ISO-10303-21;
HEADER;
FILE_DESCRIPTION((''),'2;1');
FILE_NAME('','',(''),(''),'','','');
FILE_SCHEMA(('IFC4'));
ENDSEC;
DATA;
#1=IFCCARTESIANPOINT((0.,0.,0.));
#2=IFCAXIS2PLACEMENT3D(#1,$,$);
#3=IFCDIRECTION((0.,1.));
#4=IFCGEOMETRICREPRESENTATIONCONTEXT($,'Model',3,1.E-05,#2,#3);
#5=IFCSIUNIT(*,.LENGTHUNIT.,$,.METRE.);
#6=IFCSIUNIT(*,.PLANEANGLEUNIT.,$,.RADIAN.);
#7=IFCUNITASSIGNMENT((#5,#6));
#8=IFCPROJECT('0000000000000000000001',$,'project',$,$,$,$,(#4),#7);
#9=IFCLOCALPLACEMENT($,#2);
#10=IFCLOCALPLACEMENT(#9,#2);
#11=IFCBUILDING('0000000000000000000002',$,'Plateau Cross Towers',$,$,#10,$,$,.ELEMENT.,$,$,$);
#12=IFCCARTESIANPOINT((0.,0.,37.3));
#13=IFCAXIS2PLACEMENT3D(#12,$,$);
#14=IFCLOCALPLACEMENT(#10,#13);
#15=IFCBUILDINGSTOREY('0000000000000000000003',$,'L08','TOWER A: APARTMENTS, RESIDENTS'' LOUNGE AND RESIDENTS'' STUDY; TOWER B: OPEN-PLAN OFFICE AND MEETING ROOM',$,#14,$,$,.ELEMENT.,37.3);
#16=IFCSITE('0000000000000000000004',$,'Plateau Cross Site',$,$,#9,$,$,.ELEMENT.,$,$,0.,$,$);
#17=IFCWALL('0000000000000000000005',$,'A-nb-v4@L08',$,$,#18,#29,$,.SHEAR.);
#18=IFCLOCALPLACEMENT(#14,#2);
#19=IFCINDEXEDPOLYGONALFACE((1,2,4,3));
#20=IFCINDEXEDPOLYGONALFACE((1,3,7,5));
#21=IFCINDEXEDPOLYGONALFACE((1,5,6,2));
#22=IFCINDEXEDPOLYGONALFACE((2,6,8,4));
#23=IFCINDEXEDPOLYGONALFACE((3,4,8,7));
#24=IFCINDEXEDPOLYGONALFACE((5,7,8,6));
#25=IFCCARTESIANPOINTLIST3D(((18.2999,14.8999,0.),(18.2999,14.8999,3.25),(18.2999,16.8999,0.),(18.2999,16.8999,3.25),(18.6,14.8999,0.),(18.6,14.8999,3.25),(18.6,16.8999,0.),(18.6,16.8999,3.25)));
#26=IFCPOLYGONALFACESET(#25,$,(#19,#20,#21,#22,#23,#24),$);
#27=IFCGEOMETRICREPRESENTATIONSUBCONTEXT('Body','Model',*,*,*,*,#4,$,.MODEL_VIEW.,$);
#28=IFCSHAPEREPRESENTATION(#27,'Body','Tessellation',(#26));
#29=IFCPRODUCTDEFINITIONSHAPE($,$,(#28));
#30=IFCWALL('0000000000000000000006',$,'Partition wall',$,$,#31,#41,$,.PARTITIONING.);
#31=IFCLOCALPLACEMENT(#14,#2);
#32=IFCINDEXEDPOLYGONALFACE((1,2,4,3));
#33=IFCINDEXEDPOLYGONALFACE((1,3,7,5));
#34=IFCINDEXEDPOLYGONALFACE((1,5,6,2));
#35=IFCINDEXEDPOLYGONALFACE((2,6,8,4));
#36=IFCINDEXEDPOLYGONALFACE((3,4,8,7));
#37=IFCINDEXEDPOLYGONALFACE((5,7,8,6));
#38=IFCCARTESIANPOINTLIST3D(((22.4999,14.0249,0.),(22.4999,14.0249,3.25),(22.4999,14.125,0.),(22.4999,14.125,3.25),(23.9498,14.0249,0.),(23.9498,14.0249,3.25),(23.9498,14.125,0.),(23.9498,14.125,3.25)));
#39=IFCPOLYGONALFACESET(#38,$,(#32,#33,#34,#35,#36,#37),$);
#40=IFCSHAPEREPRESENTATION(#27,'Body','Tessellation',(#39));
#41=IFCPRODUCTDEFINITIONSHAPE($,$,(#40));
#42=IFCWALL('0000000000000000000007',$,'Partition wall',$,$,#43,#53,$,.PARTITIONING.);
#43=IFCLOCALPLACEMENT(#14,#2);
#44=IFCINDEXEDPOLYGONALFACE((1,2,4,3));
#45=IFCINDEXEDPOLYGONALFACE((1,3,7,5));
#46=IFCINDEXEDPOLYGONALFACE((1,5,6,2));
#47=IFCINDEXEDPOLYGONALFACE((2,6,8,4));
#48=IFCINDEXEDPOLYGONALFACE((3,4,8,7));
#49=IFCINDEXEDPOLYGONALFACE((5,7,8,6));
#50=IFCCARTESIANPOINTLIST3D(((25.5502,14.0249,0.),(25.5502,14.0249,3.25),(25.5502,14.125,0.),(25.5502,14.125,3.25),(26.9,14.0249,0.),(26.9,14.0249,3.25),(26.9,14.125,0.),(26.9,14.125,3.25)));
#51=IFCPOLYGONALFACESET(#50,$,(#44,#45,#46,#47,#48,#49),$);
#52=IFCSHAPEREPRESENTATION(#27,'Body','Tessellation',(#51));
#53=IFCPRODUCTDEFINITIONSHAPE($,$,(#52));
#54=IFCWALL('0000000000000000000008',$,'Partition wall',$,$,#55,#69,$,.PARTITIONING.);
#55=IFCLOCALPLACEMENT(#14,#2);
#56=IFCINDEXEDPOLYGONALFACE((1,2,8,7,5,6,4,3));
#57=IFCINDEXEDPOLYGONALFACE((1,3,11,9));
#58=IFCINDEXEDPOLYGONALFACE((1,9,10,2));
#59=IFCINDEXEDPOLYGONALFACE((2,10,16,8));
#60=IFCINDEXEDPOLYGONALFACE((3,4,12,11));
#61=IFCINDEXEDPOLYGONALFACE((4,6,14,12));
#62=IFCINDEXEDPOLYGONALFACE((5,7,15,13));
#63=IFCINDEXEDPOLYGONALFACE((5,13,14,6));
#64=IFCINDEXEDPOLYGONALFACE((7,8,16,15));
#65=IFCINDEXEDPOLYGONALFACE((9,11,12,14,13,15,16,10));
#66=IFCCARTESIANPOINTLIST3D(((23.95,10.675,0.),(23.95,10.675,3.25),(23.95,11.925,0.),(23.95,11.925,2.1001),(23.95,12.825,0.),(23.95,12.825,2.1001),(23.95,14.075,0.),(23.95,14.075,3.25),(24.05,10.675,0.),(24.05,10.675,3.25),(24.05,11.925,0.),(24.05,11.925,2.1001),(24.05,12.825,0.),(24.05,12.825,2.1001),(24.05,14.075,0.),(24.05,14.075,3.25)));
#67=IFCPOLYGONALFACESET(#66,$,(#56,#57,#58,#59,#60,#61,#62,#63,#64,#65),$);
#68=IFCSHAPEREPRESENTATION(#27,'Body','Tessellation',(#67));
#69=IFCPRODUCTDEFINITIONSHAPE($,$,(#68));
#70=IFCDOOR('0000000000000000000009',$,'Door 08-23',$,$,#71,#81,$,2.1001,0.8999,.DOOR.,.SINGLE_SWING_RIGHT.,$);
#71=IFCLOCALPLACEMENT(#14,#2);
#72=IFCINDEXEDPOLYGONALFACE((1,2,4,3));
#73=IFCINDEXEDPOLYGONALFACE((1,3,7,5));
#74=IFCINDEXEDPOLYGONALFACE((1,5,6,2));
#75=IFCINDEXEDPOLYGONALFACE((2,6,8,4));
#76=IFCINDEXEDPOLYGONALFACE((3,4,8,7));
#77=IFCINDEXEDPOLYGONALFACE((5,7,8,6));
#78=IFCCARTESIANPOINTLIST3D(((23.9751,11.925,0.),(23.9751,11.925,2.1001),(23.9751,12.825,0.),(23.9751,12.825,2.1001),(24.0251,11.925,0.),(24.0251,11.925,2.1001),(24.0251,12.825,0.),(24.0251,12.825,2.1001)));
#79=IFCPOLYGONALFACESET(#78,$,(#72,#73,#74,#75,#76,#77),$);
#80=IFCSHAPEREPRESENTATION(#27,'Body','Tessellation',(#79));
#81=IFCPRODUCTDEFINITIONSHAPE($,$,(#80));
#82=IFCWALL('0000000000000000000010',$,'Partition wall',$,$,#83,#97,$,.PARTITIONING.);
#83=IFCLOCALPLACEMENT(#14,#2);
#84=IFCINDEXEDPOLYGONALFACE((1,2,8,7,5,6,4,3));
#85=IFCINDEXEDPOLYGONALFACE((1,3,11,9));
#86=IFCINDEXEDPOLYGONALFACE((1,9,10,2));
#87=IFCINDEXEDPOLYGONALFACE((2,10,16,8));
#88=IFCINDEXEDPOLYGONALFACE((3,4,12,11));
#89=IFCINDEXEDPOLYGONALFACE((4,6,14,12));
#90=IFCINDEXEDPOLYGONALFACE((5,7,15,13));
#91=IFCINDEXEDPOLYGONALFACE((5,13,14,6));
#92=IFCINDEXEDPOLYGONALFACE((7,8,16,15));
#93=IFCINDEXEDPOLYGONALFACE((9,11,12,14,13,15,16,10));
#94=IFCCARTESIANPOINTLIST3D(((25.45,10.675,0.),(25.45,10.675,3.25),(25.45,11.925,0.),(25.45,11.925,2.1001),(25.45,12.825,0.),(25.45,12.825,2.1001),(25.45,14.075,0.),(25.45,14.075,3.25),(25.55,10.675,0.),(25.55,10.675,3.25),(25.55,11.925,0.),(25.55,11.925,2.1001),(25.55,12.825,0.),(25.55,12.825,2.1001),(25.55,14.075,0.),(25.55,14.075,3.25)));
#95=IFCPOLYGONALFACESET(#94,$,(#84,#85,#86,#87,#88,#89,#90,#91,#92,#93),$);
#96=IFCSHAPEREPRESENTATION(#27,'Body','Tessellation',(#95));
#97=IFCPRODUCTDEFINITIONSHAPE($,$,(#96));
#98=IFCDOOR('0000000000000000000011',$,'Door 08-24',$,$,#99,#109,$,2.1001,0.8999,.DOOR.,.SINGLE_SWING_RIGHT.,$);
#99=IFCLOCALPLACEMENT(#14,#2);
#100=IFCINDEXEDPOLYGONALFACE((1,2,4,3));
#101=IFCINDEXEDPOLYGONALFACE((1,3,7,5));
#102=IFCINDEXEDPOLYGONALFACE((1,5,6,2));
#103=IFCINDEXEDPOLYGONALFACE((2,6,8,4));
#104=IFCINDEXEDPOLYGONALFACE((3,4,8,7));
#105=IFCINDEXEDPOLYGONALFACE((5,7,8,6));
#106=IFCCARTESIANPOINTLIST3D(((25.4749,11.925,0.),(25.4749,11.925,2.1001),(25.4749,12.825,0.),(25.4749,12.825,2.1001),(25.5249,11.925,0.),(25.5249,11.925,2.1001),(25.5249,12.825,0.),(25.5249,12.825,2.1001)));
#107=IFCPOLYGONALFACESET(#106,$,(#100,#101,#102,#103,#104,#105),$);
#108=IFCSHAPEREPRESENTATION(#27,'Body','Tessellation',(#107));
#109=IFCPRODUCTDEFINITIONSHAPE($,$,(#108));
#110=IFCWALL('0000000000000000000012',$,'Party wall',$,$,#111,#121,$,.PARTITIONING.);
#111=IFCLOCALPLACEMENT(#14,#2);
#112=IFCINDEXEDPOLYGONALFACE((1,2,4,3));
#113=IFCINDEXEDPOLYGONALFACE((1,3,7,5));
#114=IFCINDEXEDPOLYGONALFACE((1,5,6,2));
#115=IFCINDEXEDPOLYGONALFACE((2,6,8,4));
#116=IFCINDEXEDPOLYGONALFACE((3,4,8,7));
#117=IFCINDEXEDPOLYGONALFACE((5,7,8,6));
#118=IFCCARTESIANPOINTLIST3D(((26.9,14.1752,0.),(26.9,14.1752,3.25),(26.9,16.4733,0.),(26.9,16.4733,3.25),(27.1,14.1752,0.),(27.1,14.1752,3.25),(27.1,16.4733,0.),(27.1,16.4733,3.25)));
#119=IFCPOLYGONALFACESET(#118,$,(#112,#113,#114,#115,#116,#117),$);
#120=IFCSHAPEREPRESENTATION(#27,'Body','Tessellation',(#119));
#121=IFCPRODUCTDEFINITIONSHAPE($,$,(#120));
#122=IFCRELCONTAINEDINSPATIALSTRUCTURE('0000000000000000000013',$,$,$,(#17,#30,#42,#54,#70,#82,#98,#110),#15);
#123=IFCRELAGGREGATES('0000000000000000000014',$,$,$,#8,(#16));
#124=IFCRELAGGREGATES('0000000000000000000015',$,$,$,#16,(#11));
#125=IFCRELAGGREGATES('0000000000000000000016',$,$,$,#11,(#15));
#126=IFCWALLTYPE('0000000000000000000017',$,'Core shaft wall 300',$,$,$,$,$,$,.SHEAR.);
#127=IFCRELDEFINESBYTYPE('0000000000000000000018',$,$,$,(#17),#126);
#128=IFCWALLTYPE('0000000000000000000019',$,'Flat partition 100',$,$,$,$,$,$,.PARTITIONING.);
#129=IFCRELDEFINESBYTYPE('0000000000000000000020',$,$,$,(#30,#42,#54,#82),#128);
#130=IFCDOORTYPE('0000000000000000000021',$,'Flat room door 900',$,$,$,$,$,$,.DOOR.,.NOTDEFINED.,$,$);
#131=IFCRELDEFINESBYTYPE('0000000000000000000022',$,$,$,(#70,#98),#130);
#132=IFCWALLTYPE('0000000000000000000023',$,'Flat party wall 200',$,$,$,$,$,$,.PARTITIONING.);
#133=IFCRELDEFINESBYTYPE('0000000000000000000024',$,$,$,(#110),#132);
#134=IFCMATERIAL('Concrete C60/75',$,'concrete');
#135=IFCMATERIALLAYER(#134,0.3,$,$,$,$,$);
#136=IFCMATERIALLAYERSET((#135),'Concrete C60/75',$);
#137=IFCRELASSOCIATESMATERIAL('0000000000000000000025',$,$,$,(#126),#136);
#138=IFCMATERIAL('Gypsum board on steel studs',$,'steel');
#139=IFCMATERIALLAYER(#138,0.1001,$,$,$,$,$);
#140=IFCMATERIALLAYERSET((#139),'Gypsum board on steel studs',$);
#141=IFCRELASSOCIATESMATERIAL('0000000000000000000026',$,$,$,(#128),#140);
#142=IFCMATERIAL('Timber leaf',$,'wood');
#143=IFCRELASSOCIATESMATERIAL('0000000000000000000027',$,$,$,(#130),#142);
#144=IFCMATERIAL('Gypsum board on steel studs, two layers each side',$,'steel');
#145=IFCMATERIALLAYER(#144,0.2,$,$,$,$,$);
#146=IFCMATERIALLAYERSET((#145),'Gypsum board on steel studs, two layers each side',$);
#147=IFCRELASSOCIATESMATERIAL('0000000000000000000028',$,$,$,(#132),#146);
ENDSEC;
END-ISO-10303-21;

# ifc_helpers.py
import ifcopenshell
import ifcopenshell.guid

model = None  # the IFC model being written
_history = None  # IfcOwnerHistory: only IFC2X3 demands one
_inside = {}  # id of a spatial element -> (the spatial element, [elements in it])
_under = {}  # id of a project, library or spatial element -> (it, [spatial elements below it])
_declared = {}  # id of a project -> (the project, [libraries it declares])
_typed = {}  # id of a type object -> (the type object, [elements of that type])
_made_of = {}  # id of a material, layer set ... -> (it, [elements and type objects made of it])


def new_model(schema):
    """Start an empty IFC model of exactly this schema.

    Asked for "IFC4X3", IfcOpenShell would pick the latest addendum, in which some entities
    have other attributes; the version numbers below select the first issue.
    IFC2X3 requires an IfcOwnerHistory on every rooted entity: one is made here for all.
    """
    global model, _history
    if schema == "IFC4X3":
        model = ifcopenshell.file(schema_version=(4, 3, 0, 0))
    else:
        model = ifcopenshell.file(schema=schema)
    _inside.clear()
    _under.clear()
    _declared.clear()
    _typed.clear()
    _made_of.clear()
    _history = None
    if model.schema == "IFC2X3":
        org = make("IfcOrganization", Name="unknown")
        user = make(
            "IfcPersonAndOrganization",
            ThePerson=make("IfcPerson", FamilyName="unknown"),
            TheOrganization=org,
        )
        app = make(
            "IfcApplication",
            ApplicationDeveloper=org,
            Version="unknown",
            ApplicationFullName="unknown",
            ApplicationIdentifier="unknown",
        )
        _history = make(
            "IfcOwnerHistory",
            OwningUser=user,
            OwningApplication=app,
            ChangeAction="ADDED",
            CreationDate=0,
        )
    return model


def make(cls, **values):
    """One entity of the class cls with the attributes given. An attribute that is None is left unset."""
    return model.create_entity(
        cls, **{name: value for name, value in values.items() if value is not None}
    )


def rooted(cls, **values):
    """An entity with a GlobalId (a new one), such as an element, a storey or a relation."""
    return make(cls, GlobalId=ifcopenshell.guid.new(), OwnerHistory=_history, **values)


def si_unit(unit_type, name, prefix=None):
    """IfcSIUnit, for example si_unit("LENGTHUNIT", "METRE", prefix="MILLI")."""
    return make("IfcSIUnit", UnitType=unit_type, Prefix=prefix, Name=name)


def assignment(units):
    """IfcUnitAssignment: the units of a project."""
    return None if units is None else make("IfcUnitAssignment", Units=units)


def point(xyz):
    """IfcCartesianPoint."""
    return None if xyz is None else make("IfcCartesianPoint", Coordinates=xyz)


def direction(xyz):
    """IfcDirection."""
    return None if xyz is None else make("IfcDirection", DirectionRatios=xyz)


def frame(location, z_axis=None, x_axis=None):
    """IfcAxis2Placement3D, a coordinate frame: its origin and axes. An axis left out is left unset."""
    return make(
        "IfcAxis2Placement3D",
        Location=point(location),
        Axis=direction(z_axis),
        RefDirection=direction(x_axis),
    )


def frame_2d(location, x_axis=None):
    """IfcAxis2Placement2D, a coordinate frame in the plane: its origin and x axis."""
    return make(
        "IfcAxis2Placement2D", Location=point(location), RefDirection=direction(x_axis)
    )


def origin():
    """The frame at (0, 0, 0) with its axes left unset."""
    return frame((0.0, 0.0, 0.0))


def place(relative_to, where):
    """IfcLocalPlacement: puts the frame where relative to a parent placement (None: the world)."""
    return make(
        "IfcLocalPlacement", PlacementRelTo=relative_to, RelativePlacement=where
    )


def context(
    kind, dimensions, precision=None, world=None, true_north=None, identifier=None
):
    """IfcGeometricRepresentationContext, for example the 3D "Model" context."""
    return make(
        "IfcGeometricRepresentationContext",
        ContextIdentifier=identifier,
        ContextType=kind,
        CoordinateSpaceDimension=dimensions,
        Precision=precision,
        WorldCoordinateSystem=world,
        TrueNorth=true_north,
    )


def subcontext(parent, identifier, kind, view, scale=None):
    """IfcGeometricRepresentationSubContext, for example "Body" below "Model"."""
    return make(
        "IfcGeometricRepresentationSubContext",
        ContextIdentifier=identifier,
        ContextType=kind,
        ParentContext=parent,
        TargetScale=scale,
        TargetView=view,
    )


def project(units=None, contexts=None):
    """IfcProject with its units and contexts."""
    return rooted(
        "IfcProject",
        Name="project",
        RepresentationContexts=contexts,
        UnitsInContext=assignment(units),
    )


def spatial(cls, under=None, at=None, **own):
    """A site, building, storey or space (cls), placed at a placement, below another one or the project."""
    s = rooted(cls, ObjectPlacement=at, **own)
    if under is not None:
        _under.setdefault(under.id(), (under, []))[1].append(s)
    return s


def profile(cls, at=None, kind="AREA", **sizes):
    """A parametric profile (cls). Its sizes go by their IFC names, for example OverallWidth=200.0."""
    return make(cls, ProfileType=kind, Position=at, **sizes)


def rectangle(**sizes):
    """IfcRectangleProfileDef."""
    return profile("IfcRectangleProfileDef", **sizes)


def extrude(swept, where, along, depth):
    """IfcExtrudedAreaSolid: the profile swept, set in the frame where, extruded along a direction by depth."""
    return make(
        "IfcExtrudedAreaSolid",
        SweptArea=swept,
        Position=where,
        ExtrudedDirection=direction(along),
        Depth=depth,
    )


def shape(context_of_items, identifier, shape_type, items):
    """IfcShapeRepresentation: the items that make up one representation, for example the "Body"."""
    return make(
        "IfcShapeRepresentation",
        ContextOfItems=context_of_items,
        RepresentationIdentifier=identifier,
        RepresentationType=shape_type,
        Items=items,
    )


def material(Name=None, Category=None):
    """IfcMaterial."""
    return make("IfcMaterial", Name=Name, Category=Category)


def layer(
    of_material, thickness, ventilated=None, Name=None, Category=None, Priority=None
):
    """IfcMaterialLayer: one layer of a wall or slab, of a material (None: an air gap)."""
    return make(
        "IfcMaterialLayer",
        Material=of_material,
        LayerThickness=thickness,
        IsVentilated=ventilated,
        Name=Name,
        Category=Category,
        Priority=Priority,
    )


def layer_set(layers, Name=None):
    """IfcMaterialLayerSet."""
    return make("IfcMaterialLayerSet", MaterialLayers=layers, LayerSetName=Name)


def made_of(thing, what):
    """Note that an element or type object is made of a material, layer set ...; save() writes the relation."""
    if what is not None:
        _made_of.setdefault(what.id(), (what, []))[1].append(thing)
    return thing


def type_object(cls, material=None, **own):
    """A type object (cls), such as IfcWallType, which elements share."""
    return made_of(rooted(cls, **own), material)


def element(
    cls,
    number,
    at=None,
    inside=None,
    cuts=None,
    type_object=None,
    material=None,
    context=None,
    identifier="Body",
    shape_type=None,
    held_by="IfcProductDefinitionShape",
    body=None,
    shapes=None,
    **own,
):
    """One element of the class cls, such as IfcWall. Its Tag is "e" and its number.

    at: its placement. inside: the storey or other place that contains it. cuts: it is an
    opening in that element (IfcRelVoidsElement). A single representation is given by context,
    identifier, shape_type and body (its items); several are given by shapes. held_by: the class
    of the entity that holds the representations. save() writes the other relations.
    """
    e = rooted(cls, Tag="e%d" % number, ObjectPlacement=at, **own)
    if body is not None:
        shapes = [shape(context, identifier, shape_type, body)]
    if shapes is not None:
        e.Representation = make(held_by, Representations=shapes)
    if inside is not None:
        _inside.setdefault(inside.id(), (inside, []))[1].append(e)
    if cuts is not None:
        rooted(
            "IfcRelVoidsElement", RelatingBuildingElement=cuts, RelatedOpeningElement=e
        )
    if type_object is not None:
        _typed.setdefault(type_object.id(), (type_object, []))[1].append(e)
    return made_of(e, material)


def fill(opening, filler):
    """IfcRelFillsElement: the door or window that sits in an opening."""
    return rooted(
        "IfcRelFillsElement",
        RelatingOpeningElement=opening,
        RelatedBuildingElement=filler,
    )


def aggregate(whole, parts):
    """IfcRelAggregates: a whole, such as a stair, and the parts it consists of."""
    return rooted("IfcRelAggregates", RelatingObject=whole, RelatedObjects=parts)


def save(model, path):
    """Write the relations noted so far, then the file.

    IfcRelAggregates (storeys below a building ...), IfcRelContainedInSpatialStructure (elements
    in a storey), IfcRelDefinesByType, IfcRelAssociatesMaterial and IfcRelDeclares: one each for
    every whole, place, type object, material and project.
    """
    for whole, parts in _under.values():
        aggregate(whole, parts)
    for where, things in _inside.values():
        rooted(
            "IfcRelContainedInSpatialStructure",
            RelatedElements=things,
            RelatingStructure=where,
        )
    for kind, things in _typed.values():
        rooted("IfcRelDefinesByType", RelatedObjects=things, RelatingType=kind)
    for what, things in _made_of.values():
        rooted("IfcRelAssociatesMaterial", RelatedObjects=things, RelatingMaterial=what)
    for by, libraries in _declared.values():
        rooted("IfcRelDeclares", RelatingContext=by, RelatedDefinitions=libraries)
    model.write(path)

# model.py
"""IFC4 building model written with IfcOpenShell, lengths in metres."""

from ifc_helpers import new_model, si_unit, direction, frame, frame_2d, origin, place, context, subcontext, project, spatial, rectangle, extrude, material, layer, layer_set, type_object, element, fill, save


model = new_model("IFC4")

# Units and contexts
model_context = context("Model", 3, precision=1e-05, world=origin(), true_north=direction((0.0, 1.0)))
body_context = subcontext(model_context, "Body", "Model", "MODEL_VIEW")
ifc_project = project(units=[si_unit("LENGTHUNIT", "METRE"), si_unit("PLANEANGLEUNIT", "RADIAN")], contexts=[model_context])

# Site, building, storey
site_placement = place(None, origin())
site = spatial("IfcSite", under=ifc_project, at=site_placement, Name="Plateau Cross Site", CompositionType="ELEMENT", RefElevation=0.0)
building_placement = place(site_placement, origin())
building = spatial("IfcBuilding", under=site, at=building_placement, Name="Plateau Cross Towers", CompositionType="ELEMENT")
storey_placement = place(building_placement, frame((0.0, 0.0, 37.3)))
storey = spatial("IfcBuildingStorey", under=building, at=storey_placement, Name="L08", Description="TOWER A: APARTMENTS, RESIDENTS' LOUNGE AND RESIDENTS' STUDY; TOWER B: OPEN-PLAN OFFICE AND MEETING ROOM", CompositionType="ELEMENT", Elevation=37.3)

# Walls
ifc_material_1 = material(Name="Concrete C60/75", Category="concrete")
ifc_layer_1 = layer(ifc_material_1, 0.3)
ifc_layer_set_1 = layer_set([ifc_layer_1], Name="Concrete C60/75")
wall_type_1 = type_object("IfcWallType", Name="Core shaft wall 300", PredefinedType="SHEAR", material=ifc_layer_set_1)
wall_1_placement = place(storey_placement, frame((18.45, 14.8999, 0.0), z_axis=(0.0, 0.0, 1.0), x_axis=(0.0, 1.0, 0.0)))
element("IfcWall", 1, at=wall_1_placement, inside=storey, type_object=wall_type_1, Name="A-nb-v4@L08", PredefinedType="SHEAR", context=body_context, shape_type="SweptSolid", body=[
    extrude(rectangle(XDim=2.0, YDim=0.3, at=frame_2d((1.0, 0.0))), origin(), (0.0, 0.0, 1.0), 3.25),
])
ifc_material_2 = material(Name="Gypsum board on steel studs", Category="steel")
ifc_layer_2 = layer(ifc_material_2, 0.1001)
ifc_layer_set_2 = layer_set([ifc_layer_2], Name="Gypsum board on steel studs")
wall_type_2 = type_object("IfcWallType", Name="Flat partition 100", PredefinedType="PARTITIONING", material=ifc_layer_set_2)
wall_2_placement = place(storey_placement, frame((23.95, 14.075, 0.0), z_axis=(0.0, 0.0, 1.0), x_axis=(-1.0, 0.0, 0.0)))
element("IfcWall", 2, at=wall_2_placement, inside=storey, type_object=wall_type_2, Name="Partition wall", PredefinedType="PARTITIONING", context=body_context, shape_type="SweptSolid", body=[
    extrude(rectangle(XDim=1.45, YDim=0.1001, at=frame_2d((0.7251, 0.0))), origin(), (0.0, 0.0, 1.0), 3.25),
])
wall_3_placement = place(storey_placement, frame((26.8999, 14.075, 0.0), z_axis=(0.0, 0.0, 1.0), x_axis=(-1.0, 0.0, 0.0)))
element("IfcWall", 3, at=wall_3_placement, inside=storey, type_object=wall_type_2, Name="Partition wall", PredefinedType="PARTITIONING", context=body_context, shape_type="SweptSolid", body=[
    extrude(rectangle(XDim=1.3499, YDim=0.1001, at=frame_2d((0.6748, 0.0))), origin(), (0.0, 0.0, 1.0), 3.25),
])

# Walls, openings, doors
wall_4_placement = place(storey_placement, frame((24.0, 10.675, 0.0), z_axis=(0.0, 0.0, 1.0), x_axis=(0.0, 1.0, 0.0)))
wall_4 = element("IfcWall", 4, at=wall_4_placement, inside=storey, type_object=wall_type_2, Name="Partition wall", PredefinedType="PARTITIONING", context=body_context, shape_type="SweptSolid", body=[
    extrude(rectangle(XDim=3.3999, YDim=0.1001, at=frame_2d((1.7, 0.0))), origin(), (0.0, 0.0, 1.0), 3.25),
])
opening_1_placement = place(wall_4_placement, frame((1.25, 0.0, 0.0)))
opening_1 = element("IfcOpeningElement", 5, at=opening_1_placement, cuts=wall_4, PredefinedType="OPENING", context=body_context, shape_type="SweptSolid", body=[
    extrude(rectangle(XDim=0.8999, YDim=2.1001, at=frame_2d((0.45, 1.05))), frame((0.0, 0.0601, 0.0), z_axis=(0.0, -1.0, 0.0), x_axis=(1.0, 0.0, 0.0)), (0.0, 0.0, 1.0), 0.1201),
])
ifc_material_3 = material(Name="Timber leaf", Category="wood")
door_type_1 = type_object("IfcDoorType", Name="Flat room door 900", OperationType="NOTDEFINED", PredefinedType="DOOR", material=ifc_material_3)
door_1_placement = place(opening_1_placement, origin())
door_1 = element("IfcDoor", 6, at=door_1_placement, inside=storey, type_object=door_type_1, Name="Door 08-23", OperationType="SINGLE_SWING_RIGHT", OverallHeight=2.1001, OverallWidth=0.8999, PredefinedType="DOOR", context=body_context, shape_type="SweptSolid", body=[
    extrude(rectangle(XDim=0.8999, YDim=2.1001, at=frame_2d((0.45, 1.05))), frame((0.0, 0.0249, 0.0), z_axis=(0.0, -1.0, 0.0), x_axis=(1.0, 0.0, 0.0)), (0.0, 0.0, 1.0), 0.05),
])
fill(opening_1, door_1)
wall_5_placement = place(storey_placement, frame((25.5, 14.075, 0.0), z_axis=(0.0, 0.0, 1.0), x_axis=(0.0, -1.0, 0.0)))
wall_5 = element("IfcWall", 7, at=wall_5_placement, inside=storey, type_object=wall_type_2, Name="Partition wall", PredefinedType="PARTITIONING", context=body_context, shape_type="SweptSolid", body=[
    extrude(rectangle(XDim=3.3999, YDim=0.1001, at=frame_2d((1.7, 0.0))), origin(), (0.0, 0.0, 1.0), 3.25),
])
opening_2_placement = place(wall_5_placement, frame((1.25, 0.0, 0.0)))
opening_2 = element("IfcOpeningElement", 8, at=opening_2_placement, cuts=wall_5, PredefinedType="OPENING", context=body_context, shape_type="SweptSolid", body=[
    extrude(rectangle(XDim=0.8999, YDim=2.1001, at=frame_2d((0.45, 1.05))), frame((0.0, 0.0601, 0.0), z_axis=(0.0, -1.0, 0.0), x_axis=(1.0, 0.0, 0.0)), (0.0, 0.0, 1.0), 0.1201),
])
door_2_placement = place(opening_2_placement, origin())
door_2 = element("IfcDoor", 9, at=door_2_placement, inside=storey, type_object=door_type_1, Name="Door 08-24", OperationType="SINGLE_SWING_RIGHT", OverallHeight=2.1001, OverallWidth=0.8999, PredefinedType="DOOR", context=body_context, shape_type="SweptSolid", body=[
    extrude(rectangle(XDim=0.8999, YDim=2.1001, at=frame_2d((0.45, 1.05))), frame((0.0, 0.0249, 0.0), z_axis=(0.0, -1.0, 0.0), x_axis=(1.0, 0.0, 0.0)), (0.0, 0.0, 1.0), 0.05),
])
fill(opening_2, door_2)

# Wall
ifc_material_4 = material(Name="Gypsum board on steel studs, two layers each side", Category="steel")
ifc_layer_3 = layer(ifc_material_4, 0.2)
ifc_layer_set_3 = layer_set([ifc_layer_3], Name="Gypsum board on steel studs, two layers each side")
wall_type_3 = type_object("IfcWallType", Name="Flat party wall 200", PredefinedType="PARTITIONING", material=ifc_layer_set_3)
wall_6_placement = place(storey_placement, frame((27.0, 16.4731, 0.0), z_axis=(0.0, 0.0, 1.0), x_axis=(0.0, -1.0, 0.0)))
element("IfcWall", 10, at=wall_6_placement, inside=storey, type_object=wall_type_3, Name="Party wall", PredefinedType="PARTITIONING", context=body_context, shape_type="SweptSolid", body=[
    extrude(rectangle(XDim=2.2981, YDim=0.2, at=frame_2d((1.1489, 0.0))), origin(), (0.0, 0.0, 1.0), 3.25),
])

save(model, "model.ifc")
